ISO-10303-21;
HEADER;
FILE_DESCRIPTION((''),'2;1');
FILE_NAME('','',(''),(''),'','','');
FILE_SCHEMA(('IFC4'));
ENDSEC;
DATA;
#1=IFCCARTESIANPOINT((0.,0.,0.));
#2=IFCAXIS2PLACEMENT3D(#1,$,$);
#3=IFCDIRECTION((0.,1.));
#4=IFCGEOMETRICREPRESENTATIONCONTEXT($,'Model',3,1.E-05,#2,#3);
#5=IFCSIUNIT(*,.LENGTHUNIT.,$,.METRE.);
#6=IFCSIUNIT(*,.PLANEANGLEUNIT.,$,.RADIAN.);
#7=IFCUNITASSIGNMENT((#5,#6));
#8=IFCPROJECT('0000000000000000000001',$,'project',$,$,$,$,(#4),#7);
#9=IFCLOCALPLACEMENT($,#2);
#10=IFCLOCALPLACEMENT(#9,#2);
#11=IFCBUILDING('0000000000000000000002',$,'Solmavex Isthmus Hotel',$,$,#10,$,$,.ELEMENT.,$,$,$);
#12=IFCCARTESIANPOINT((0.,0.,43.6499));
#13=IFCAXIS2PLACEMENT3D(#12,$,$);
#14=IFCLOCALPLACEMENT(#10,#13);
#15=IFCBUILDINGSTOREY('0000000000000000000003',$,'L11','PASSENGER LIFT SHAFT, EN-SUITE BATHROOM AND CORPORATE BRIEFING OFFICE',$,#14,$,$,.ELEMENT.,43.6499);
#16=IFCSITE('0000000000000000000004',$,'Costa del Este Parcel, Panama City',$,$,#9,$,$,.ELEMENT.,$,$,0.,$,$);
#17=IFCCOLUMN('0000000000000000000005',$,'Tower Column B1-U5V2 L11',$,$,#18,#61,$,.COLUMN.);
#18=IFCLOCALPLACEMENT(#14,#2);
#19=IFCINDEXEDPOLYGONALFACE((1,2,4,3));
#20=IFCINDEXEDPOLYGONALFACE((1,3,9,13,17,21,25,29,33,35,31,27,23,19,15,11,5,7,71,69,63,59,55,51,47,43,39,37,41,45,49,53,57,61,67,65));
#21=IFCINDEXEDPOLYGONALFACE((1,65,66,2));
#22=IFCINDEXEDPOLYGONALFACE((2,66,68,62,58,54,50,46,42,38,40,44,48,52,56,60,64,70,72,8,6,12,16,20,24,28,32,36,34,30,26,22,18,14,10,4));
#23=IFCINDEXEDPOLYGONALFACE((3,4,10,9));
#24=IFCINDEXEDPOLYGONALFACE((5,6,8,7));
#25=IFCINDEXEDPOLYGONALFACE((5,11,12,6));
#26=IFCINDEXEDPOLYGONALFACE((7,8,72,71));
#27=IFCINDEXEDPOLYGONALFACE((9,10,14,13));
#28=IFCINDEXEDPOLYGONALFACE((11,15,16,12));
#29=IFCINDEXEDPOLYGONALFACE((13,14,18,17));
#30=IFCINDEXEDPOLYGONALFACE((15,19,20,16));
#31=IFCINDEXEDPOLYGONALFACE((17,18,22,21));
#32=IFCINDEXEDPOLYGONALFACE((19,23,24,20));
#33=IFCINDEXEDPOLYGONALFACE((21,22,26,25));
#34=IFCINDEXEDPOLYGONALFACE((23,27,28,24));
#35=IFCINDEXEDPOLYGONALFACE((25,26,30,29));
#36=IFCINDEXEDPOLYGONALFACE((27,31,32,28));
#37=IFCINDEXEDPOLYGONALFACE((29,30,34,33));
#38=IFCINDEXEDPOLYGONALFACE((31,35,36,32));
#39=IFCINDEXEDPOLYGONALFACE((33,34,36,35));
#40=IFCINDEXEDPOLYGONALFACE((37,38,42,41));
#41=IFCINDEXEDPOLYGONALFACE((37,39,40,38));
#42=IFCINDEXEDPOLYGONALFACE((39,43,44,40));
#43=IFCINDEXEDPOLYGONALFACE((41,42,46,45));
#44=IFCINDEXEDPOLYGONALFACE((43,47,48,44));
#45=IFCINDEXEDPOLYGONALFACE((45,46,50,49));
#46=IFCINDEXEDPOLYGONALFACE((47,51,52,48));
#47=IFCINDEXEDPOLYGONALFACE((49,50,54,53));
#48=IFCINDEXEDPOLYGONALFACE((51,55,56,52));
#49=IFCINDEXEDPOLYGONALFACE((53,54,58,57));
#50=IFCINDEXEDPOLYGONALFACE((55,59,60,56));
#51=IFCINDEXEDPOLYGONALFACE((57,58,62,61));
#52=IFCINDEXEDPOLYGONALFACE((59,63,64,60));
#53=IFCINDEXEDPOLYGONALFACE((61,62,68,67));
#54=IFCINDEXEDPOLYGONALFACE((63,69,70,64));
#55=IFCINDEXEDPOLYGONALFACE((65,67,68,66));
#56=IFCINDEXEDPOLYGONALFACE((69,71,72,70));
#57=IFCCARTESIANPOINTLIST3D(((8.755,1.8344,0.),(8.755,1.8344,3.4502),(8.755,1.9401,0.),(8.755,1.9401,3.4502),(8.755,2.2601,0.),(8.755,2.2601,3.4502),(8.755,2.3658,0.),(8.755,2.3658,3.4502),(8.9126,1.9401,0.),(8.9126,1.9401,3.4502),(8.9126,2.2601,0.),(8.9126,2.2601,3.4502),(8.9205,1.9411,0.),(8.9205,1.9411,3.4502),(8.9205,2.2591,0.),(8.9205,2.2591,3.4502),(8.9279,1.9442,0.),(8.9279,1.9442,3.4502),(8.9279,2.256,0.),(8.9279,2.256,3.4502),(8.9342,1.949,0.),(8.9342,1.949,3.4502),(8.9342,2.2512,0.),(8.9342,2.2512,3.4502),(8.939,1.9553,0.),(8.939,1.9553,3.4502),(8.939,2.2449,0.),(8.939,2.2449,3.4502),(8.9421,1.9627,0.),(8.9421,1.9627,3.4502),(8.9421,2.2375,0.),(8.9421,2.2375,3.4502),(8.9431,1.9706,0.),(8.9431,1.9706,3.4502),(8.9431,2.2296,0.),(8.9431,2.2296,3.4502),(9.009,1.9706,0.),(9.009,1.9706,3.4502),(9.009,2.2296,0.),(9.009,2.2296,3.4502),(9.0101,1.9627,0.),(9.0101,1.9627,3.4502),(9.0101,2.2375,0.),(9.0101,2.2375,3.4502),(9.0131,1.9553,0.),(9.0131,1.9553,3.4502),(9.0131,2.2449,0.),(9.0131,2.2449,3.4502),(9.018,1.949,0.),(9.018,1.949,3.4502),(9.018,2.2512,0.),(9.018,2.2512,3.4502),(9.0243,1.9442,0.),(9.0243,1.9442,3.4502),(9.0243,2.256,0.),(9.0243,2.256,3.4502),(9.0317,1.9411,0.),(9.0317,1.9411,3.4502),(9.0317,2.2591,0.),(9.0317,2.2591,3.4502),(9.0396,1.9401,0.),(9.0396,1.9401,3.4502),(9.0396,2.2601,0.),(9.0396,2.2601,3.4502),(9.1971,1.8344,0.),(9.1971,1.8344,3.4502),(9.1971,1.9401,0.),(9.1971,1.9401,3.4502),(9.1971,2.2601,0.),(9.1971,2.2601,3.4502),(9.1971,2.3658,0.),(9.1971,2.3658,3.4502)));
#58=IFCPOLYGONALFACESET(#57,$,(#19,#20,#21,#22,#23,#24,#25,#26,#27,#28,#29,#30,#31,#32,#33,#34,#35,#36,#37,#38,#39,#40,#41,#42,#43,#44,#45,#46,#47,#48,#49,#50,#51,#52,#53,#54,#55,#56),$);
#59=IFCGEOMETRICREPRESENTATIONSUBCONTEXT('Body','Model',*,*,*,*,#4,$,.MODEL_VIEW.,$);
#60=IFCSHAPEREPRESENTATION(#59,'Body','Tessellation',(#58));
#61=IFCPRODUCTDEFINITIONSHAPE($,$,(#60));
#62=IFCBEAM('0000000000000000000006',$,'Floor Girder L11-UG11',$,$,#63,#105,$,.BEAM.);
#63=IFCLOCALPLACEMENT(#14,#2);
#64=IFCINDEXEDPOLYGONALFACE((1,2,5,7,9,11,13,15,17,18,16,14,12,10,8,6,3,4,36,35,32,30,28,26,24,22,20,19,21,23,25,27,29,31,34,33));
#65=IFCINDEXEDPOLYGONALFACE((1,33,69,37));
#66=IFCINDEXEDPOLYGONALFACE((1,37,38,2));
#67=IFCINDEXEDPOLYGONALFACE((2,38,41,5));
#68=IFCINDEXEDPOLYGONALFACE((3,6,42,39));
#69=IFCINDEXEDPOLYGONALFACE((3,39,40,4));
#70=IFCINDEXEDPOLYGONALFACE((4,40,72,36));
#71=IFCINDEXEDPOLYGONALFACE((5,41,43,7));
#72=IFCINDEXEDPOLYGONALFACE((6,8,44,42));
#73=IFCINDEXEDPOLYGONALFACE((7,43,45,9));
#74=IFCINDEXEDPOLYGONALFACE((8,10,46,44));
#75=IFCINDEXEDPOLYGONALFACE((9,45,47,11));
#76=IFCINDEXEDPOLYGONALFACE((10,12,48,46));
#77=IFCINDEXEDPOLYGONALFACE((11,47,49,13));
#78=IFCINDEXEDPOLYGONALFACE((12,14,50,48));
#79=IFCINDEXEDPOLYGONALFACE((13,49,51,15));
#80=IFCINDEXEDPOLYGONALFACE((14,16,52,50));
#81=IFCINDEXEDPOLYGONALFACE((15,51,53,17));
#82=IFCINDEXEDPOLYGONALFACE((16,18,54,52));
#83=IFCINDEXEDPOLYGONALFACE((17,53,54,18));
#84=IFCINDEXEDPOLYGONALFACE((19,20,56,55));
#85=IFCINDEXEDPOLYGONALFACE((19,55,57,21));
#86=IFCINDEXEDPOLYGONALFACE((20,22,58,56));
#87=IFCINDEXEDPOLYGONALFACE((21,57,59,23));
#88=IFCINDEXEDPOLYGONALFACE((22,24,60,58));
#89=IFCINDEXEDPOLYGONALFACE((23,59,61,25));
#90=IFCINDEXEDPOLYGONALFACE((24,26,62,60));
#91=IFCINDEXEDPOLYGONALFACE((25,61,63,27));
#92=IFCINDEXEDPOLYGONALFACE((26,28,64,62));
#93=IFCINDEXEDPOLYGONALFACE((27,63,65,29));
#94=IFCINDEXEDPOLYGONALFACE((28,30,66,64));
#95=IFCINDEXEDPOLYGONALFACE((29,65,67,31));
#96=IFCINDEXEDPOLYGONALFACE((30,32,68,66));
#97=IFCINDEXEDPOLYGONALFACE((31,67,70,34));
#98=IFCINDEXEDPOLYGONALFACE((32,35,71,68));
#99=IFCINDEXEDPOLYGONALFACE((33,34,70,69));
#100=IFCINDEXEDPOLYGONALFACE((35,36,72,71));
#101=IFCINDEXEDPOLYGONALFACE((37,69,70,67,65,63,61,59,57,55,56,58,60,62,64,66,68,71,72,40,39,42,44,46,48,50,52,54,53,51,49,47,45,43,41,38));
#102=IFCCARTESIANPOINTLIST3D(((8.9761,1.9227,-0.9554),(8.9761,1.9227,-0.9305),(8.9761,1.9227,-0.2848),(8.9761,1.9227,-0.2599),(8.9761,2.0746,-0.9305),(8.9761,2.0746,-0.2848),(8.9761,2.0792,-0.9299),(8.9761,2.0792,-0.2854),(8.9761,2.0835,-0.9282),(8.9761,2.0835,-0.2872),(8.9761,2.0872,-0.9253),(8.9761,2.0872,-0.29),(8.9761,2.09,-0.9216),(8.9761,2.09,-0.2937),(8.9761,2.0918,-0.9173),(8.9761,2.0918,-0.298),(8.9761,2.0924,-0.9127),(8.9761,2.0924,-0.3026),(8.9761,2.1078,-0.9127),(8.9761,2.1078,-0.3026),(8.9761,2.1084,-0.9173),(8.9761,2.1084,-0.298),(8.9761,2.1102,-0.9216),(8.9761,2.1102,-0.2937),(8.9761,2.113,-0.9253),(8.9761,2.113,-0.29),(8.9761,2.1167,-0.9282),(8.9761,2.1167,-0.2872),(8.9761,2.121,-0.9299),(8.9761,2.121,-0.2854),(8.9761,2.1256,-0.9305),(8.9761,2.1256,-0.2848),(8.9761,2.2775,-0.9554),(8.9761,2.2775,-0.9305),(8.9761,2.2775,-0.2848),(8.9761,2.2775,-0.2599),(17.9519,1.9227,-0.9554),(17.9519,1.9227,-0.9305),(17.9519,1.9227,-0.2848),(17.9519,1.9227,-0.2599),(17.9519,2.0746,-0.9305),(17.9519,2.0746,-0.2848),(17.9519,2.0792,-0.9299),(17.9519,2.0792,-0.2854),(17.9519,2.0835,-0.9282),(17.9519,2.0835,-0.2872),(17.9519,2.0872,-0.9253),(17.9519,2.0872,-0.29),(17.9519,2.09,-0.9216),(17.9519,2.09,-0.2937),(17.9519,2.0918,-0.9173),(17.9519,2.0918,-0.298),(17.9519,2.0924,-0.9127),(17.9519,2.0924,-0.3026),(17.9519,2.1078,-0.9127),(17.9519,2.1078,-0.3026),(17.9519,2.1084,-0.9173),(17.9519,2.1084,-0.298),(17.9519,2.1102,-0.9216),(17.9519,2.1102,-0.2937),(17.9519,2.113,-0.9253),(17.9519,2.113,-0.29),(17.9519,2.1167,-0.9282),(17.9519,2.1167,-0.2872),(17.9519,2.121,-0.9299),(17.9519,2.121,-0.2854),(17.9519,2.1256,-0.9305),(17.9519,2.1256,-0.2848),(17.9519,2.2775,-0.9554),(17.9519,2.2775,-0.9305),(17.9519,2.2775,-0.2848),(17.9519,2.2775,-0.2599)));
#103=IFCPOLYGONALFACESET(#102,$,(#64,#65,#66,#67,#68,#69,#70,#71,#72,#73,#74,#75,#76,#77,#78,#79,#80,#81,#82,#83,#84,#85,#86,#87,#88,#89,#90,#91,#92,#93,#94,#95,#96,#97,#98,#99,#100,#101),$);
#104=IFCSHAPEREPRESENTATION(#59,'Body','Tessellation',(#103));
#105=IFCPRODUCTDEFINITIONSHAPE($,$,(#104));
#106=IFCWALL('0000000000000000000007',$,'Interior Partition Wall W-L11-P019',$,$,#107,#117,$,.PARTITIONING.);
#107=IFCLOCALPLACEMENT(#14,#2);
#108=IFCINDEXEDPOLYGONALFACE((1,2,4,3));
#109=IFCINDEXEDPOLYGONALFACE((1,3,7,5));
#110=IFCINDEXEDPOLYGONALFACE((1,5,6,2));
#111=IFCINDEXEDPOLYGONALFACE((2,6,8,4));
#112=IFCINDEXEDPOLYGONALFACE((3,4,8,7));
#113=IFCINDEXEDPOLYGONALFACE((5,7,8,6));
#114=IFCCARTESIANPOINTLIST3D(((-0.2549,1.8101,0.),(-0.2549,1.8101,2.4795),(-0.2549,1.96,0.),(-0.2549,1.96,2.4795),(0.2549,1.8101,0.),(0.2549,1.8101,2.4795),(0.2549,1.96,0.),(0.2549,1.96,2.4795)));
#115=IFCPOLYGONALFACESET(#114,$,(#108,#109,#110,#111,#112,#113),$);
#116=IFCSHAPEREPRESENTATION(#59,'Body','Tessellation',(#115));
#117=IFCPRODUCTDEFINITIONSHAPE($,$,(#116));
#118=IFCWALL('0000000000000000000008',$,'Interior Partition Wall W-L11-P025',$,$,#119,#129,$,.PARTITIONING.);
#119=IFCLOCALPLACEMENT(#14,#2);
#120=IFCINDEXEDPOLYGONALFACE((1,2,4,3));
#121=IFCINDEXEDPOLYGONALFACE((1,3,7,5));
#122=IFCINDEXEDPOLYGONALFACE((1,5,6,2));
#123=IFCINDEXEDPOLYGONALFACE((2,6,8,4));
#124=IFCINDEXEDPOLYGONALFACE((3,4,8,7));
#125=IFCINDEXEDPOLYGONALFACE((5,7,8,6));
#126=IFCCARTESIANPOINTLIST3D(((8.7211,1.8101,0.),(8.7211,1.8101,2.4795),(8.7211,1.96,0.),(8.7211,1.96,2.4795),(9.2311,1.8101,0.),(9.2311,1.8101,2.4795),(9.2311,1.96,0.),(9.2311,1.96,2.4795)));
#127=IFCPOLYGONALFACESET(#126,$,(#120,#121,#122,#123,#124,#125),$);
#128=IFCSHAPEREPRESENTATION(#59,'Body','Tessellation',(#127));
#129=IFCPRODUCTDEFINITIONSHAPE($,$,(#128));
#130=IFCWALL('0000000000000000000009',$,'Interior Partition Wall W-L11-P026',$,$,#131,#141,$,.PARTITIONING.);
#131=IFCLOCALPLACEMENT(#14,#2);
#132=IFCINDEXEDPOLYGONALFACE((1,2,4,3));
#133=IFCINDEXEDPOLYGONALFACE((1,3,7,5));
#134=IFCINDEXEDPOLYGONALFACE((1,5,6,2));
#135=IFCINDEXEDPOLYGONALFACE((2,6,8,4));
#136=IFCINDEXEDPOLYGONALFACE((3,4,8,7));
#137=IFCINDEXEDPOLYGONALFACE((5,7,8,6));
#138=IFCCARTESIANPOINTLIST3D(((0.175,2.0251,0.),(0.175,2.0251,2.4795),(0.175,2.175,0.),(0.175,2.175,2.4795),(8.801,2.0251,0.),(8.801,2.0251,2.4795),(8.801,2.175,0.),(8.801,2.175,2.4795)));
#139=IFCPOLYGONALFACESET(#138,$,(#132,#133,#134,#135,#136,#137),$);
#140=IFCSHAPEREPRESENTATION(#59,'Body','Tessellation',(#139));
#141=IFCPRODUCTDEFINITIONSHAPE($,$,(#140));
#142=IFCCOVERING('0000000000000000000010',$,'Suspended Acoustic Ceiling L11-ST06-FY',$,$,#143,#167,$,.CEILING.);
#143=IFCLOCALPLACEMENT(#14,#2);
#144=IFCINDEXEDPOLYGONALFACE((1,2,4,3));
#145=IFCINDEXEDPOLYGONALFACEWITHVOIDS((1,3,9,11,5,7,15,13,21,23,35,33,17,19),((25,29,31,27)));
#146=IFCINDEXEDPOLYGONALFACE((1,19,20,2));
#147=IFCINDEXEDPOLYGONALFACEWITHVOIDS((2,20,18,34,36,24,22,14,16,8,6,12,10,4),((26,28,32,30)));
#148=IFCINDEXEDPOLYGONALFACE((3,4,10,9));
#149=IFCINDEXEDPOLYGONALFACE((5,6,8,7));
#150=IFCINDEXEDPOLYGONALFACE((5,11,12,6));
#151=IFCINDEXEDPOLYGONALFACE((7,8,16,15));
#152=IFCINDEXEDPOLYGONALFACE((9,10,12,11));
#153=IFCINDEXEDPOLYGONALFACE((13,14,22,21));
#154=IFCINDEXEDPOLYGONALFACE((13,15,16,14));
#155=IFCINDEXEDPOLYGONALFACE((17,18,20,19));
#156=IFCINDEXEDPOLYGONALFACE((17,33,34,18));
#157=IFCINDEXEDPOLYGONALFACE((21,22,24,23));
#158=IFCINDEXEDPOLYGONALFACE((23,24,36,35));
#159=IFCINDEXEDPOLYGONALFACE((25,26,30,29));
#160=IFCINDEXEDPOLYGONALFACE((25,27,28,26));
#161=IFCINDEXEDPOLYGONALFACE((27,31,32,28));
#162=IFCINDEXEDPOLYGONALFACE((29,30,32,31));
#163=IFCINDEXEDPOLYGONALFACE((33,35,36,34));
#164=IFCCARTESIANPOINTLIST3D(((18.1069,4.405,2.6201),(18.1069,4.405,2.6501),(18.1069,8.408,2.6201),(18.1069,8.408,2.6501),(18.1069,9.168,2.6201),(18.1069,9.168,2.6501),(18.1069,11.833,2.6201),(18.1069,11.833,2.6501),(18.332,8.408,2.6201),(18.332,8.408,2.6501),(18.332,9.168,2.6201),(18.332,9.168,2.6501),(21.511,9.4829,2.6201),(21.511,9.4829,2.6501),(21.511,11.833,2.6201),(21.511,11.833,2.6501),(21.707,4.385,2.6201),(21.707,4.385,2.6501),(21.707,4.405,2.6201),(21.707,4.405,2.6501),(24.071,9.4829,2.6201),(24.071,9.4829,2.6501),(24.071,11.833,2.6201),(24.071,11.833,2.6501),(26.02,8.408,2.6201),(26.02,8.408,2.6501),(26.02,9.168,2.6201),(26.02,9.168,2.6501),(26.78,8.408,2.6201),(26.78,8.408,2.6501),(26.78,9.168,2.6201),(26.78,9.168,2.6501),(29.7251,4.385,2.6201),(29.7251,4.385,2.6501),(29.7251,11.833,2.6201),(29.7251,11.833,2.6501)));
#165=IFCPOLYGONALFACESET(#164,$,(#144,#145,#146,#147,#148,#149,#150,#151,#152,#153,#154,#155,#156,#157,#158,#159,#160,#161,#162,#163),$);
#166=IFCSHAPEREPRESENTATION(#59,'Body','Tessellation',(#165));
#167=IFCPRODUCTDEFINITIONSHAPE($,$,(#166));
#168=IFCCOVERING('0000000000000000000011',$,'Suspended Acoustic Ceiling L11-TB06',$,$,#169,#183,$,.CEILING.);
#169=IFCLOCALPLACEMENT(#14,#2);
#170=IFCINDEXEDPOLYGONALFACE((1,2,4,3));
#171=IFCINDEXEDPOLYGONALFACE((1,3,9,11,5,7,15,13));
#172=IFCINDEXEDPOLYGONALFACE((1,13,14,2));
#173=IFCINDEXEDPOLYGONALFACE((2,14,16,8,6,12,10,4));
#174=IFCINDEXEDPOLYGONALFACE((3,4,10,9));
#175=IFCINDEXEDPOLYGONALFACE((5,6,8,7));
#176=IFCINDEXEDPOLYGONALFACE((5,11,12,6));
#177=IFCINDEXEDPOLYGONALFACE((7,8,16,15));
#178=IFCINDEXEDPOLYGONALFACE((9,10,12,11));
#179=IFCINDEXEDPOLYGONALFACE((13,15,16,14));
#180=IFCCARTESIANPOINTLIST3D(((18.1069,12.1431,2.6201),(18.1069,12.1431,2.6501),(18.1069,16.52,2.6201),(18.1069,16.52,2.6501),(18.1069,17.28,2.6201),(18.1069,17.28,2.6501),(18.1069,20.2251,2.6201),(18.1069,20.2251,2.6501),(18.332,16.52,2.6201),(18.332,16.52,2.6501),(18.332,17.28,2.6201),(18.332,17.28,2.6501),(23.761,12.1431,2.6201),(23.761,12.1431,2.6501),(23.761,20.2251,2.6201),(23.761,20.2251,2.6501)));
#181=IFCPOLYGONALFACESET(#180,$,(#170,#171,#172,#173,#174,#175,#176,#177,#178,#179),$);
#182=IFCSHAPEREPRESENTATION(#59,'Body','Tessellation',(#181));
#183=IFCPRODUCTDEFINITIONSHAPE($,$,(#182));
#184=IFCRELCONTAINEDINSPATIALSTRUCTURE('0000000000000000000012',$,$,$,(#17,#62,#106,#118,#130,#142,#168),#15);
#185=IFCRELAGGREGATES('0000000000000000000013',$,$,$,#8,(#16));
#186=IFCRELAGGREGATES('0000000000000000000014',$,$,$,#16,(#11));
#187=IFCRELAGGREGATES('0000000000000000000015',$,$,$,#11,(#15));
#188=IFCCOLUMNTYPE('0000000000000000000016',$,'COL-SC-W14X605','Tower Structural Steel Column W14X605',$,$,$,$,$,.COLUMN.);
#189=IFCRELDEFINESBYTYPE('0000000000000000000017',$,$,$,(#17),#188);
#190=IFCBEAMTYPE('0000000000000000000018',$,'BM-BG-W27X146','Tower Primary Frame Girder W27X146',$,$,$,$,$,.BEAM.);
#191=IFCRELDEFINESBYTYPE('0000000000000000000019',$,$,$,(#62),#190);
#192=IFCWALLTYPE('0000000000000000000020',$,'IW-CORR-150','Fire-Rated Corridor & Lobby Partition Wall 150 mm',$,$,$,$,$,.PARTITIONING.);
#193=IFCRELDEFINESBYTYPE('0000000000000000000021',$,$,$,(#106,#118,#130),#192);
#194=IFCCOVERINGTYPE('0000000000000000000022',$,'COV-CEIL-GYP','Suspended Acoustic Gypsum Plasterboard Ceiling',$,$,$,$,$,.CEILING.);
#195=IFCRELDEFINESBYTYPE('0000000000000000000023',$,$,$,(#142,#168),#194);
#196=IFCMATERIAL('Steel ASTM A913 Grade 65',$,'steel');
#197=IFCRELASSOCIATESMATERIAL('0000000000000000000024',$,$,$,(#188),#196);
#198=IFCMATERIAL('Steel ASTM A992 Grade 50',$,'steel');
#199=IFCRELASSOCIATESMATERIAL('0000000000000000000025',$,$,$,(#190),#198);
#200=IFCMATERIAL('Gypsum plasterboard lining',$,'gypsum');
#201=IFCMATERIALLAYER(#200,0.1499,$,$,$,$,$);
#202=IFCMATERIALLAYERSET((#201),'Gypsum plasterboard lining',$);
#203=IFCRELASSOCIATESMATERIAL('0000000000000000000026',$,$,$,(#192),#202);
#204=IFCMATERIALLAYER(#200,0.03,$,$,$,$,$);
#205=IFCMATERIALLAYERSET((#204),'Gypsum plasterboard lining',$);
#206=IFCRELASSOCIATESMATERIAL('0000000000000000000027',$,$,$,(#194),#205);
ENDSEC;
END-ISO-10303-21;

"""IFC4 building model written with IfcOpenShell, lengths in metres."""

from ifc_helpers import new_model, si_unit, direction, frame, frame_2d, origin, origin_2d, place, context, subcontext, project, spatial, polyline, rectangle, i_section, outline, extrude, material, layer, layer_set, material_profile, profile_set, type_object, element, save


model = new_model("IFC4")

# Units and contexts
model_context = context("Model", 3, precision=1e-05, world=origin(), true_north=direction((0.0, 1.0)))
body_context = subcontext(model_context, "Body", "Model", "MODEL_VIEW")
ifc_project = project(units=[si_unit("LENGTHUNIT", "METRE"), si_unit("PLANEANGLEUNIT", "RADIAN")], contexts=[model_context])

# Site, building, storey
site_placement = place(None, origin())
site = spatial("IfcSite", under=ifc_project, at=site_placement, Name="Costa del Este Parcel, Panama City", CompositionType="ELEMENT", RefElevation=0.0)
building_placement = place(site_placement, origin())
building = spatial("IfcBuilding", under=site, at=building_placement, Name="Solmavex Isthmus Hotel", CompositionType="ELEMENT")
storey_placement = place(building_placement, frame((0.0, 0.0, 43.6499)))
storey = spatial("IfcBuildingStorey", under=building, at=storey_placement, Name="L11", Description="PASSENGER LIFT SHAFT, EN-SUITE BATHROOM AND CORPORATE BRIEFING OFFICE", CompositionType="ELEMENT", Elevation=43.6499)

# Column
ifc_material_1 = material(Name="Steel ASTM A913 Grade 65", Category="steel")
ifc_material_profile_1 = material_profile(ifc_material_1, i_section(OverallWidth=0.4421, OverallDepth=0.5315, WebThickness=0.0659, FlangeThickness=0.1057, FilletRadius=0.0305, at=origin_2d()), Name="W14X605")
ifc_profile_set_1 = profile_set([ifc_material_profile_1], Name="Steel ASTM A913 Grade 65")
column_type = type_object("IfcColumnType", Name="COL-SC-W14X605", Description="Tower Structural Steel Column W14X605", PredefinedType="COLUMN", material=ifc_profile_set_1)
column_placement = place(storey_placement, frame((8.9761, 2.1001, 0.0), z_axis=(0.0, 0.0, 1.0), x_axis=(1.0, 0.0, 0.0)))
element("IfcColumn", 1, at=column_placement, inside=storey, type_object=column_type, Name="Tower Column B1-U5V2 L11", PredefinedType="COLUMN", context=body_context, shape_type="SweptSolid", body=[
    extrude(i_section(OverallWidth=0.4421, OverallDepth=0.5315, WebThickness=0.0659, FlangeThickness=0.1057, FilletRadius=0.0305, at=origin_2d()), origin(), (0.0, 0.0, 1.0), 3.4502),
])

# Beam
ifc_material_2 = material(Name="Steel ASTM A992 Grade 50", Category="steel")
ifc_material_profile_2 = material_profile(ifc_material_2, i_section(OverallWidth=0.3547, OverallDepth=0.6956, WebThickness=0.0154, FlangeThickness=0.0249, FilletRadius=0.0178, at=origin_2d()), Name="W27X146")
ifc_profile_set_2 = profile_set([ifc_material_profile_2], Name="Steel ASTM A992 Grade 50")
beam_type = type_object("IfcBeamType", Name="BM-BG-W27X146", Description="Tower Primary Frame Girder W27X146", PredefinedType="BEAM", material=ifc_profile_set_2)
beam_placement = place(storey_placement, frame((8.9761, 2.1001, -0.6077), z_axis=(1.0, 0.0, 0.0), x_axis=(0.0, 1.0, 0.0)))
element("IfcBeam", 2, at=beam_placement, inside=storey, type_object=beam_type, Name="Floor Girder L11-UG11", PredefinedType="BEAM", context=body_context, shape_type="SweptSolid", body=[
    extrude(i_section(OverallWidth=0.3547, OverallDepth=0.6956, WebThickness=0.0154, FlangeThickness=0.0249, FilletRadius=0.0178, at=origin_2d()), origin(), (0.0, 0.0, 1.0), 8.9758),
])

# Walls
ifc_material_3 = material(Name="Gypsum plasterboard lining", Category="gypsum")
ifc_layer_1 = layer(ifc_material_3, 0.1499)
ifc_layer_set_1 = layer_set([ifc_layer_1], Name="Gypsum plasterboard lining")
wall_type = type_object("IfcWallType", Name="IW-CORR-150", Description="Fire-Rated Corridor & Lobby Partition Wall 150 mm", PredefinedType="PARTITIONING", material=ifc_layer_set_1)
wall_1_placement = place(storey_placement, frame((0.2549, 1.885, 0.0), z_axis=(0.0, 0.0, 1.0), x_axis=(-1.0, 0.0, 0.0)))
element("IfcWall", 3, at=wall_1_placement, inside=storey, type_object=wall_type, Name="Interior Partition Wall W-L11-P019", PredefinedType="PARTITIONING", context=body_context, shape_type="SweptSolid", body=[
    extrude(rectangle(XDim=0.5098, YDim=0.1499, at=frame_2d((0.2549, 0.0))), origin(), (0.0, 0.0, 1.0), 2.4795),
])
wall_2_placement = place(storey_placement, frame((9.231, 1.885, 0.0), z_axis=(0.0, 0.0, 1.0), x_axis=(-1.0, 0.0, 0.0)))
element("IfcWall", 4, at=wall_2_placement, inside=storey, type_object=wall_type, Name="Interior Partition Wall W-L11-P025", PredefinedType="PARTITIONING", context=body_context, shape_type="SweptSolid", body=[
    extrude(rectangle(XDim=0.51, YDim=0.1499, at=frame_2d((0.2549, 0.0))), origin(), (0.0, 0.0, 1.0), 2.4795),
])
wall_3_placement = place(storey_placement, frame((8.801, 2.1001, 0.0), z_axis=(0.0, 0.0, 1.0), x_axis=(-1.0, 0.0, 0.0)))
element("IfcWall", 5, at=wall_3_placement, inside=storey, type_object=wall_type, Name="Interior Partition Wall W-L11-P026", PredefinedType="PARTITIONING", context=body_context, shape_type="SweptSolid", body=[
    extrude(rectangle(XDim=8.626, YDim=0.1499, at=frame_2d((4.313, 0.0))), origin(), (0.0, 0.0, 1.0), 2.4795),
])

# Coverings
ifc_layer_2 = layer(ifc_material_3, 0.03)
ifc_layer_set_2 = layer_set([ifc_layer_2], Name="Gypsum plasterboard lining")
covering_type_1 = type_object("IfcCoveringType", Name="COV-CEIL-GYP", Description="Suspended Acoustic Gypsum Plasterboard Ceiling", PredefinedType="CEILING", material=ifc_layer_set_2)
covering_1_placement = place(storey_placement, frame((0.0, 0.0, 2.6201)))
element("IfcCovering", 6, at=covering_1_placement, inside=storey, type_object=covering_type_1, Name="Suspended Acoustic Ceiling L11-ST06-FY", PredefinedType="CEILING", context=body_context, shape_type="SweptSolid", body=[
    extrude(outline(polyline([(18.1069, 9.168), (18.332, 9.168), (18.332, 8.408), (18.1069, 8.408), (18.1069, 4.405), (21.707, 4.405), (21.707, 4.385), (29.7251, 4.385), (29.7251, 11.833), (24.071, 11.833), (24.071, 9.4829), (21.511, 9.4829), (21.511, 11.833), (18.1069, 11.833), (18.1069, 9.168)]), holes=[polyline([(26.02, 8.408), (26.02, 9.168), (26.78, 9.168), (26.78, 8.408), (26.02, 8.408)])]), origin(), (0.0, 0.0, 1.0), 0.03),
])
covering_2_placement = place(storey_placement, frame((0.0, 0.0, 2.6201)))
element("IfcCovering", 7, at=covering_2_placement, inside=storey, type_object=covering_type_1, Name="Suspended Acoustic Ceiling L11-TB06", PredefinedType="CEILING", context=body_context, shape_type="SweptSolid", body=[
    extrude(outline(polyline([(18.1069, 17.28), (18.332, 17.28), (18.332, 16.52), (18.1069, 16.52), (18.1069, 12.1431), (23.761, 12.1431), (23.761, 20.2251), (18.1069, 20.2251), (18.1069, 17.28)])), origin(), (0.0, 0.0, 1.0), 0.03),
])

save(model, "model.ifc")
